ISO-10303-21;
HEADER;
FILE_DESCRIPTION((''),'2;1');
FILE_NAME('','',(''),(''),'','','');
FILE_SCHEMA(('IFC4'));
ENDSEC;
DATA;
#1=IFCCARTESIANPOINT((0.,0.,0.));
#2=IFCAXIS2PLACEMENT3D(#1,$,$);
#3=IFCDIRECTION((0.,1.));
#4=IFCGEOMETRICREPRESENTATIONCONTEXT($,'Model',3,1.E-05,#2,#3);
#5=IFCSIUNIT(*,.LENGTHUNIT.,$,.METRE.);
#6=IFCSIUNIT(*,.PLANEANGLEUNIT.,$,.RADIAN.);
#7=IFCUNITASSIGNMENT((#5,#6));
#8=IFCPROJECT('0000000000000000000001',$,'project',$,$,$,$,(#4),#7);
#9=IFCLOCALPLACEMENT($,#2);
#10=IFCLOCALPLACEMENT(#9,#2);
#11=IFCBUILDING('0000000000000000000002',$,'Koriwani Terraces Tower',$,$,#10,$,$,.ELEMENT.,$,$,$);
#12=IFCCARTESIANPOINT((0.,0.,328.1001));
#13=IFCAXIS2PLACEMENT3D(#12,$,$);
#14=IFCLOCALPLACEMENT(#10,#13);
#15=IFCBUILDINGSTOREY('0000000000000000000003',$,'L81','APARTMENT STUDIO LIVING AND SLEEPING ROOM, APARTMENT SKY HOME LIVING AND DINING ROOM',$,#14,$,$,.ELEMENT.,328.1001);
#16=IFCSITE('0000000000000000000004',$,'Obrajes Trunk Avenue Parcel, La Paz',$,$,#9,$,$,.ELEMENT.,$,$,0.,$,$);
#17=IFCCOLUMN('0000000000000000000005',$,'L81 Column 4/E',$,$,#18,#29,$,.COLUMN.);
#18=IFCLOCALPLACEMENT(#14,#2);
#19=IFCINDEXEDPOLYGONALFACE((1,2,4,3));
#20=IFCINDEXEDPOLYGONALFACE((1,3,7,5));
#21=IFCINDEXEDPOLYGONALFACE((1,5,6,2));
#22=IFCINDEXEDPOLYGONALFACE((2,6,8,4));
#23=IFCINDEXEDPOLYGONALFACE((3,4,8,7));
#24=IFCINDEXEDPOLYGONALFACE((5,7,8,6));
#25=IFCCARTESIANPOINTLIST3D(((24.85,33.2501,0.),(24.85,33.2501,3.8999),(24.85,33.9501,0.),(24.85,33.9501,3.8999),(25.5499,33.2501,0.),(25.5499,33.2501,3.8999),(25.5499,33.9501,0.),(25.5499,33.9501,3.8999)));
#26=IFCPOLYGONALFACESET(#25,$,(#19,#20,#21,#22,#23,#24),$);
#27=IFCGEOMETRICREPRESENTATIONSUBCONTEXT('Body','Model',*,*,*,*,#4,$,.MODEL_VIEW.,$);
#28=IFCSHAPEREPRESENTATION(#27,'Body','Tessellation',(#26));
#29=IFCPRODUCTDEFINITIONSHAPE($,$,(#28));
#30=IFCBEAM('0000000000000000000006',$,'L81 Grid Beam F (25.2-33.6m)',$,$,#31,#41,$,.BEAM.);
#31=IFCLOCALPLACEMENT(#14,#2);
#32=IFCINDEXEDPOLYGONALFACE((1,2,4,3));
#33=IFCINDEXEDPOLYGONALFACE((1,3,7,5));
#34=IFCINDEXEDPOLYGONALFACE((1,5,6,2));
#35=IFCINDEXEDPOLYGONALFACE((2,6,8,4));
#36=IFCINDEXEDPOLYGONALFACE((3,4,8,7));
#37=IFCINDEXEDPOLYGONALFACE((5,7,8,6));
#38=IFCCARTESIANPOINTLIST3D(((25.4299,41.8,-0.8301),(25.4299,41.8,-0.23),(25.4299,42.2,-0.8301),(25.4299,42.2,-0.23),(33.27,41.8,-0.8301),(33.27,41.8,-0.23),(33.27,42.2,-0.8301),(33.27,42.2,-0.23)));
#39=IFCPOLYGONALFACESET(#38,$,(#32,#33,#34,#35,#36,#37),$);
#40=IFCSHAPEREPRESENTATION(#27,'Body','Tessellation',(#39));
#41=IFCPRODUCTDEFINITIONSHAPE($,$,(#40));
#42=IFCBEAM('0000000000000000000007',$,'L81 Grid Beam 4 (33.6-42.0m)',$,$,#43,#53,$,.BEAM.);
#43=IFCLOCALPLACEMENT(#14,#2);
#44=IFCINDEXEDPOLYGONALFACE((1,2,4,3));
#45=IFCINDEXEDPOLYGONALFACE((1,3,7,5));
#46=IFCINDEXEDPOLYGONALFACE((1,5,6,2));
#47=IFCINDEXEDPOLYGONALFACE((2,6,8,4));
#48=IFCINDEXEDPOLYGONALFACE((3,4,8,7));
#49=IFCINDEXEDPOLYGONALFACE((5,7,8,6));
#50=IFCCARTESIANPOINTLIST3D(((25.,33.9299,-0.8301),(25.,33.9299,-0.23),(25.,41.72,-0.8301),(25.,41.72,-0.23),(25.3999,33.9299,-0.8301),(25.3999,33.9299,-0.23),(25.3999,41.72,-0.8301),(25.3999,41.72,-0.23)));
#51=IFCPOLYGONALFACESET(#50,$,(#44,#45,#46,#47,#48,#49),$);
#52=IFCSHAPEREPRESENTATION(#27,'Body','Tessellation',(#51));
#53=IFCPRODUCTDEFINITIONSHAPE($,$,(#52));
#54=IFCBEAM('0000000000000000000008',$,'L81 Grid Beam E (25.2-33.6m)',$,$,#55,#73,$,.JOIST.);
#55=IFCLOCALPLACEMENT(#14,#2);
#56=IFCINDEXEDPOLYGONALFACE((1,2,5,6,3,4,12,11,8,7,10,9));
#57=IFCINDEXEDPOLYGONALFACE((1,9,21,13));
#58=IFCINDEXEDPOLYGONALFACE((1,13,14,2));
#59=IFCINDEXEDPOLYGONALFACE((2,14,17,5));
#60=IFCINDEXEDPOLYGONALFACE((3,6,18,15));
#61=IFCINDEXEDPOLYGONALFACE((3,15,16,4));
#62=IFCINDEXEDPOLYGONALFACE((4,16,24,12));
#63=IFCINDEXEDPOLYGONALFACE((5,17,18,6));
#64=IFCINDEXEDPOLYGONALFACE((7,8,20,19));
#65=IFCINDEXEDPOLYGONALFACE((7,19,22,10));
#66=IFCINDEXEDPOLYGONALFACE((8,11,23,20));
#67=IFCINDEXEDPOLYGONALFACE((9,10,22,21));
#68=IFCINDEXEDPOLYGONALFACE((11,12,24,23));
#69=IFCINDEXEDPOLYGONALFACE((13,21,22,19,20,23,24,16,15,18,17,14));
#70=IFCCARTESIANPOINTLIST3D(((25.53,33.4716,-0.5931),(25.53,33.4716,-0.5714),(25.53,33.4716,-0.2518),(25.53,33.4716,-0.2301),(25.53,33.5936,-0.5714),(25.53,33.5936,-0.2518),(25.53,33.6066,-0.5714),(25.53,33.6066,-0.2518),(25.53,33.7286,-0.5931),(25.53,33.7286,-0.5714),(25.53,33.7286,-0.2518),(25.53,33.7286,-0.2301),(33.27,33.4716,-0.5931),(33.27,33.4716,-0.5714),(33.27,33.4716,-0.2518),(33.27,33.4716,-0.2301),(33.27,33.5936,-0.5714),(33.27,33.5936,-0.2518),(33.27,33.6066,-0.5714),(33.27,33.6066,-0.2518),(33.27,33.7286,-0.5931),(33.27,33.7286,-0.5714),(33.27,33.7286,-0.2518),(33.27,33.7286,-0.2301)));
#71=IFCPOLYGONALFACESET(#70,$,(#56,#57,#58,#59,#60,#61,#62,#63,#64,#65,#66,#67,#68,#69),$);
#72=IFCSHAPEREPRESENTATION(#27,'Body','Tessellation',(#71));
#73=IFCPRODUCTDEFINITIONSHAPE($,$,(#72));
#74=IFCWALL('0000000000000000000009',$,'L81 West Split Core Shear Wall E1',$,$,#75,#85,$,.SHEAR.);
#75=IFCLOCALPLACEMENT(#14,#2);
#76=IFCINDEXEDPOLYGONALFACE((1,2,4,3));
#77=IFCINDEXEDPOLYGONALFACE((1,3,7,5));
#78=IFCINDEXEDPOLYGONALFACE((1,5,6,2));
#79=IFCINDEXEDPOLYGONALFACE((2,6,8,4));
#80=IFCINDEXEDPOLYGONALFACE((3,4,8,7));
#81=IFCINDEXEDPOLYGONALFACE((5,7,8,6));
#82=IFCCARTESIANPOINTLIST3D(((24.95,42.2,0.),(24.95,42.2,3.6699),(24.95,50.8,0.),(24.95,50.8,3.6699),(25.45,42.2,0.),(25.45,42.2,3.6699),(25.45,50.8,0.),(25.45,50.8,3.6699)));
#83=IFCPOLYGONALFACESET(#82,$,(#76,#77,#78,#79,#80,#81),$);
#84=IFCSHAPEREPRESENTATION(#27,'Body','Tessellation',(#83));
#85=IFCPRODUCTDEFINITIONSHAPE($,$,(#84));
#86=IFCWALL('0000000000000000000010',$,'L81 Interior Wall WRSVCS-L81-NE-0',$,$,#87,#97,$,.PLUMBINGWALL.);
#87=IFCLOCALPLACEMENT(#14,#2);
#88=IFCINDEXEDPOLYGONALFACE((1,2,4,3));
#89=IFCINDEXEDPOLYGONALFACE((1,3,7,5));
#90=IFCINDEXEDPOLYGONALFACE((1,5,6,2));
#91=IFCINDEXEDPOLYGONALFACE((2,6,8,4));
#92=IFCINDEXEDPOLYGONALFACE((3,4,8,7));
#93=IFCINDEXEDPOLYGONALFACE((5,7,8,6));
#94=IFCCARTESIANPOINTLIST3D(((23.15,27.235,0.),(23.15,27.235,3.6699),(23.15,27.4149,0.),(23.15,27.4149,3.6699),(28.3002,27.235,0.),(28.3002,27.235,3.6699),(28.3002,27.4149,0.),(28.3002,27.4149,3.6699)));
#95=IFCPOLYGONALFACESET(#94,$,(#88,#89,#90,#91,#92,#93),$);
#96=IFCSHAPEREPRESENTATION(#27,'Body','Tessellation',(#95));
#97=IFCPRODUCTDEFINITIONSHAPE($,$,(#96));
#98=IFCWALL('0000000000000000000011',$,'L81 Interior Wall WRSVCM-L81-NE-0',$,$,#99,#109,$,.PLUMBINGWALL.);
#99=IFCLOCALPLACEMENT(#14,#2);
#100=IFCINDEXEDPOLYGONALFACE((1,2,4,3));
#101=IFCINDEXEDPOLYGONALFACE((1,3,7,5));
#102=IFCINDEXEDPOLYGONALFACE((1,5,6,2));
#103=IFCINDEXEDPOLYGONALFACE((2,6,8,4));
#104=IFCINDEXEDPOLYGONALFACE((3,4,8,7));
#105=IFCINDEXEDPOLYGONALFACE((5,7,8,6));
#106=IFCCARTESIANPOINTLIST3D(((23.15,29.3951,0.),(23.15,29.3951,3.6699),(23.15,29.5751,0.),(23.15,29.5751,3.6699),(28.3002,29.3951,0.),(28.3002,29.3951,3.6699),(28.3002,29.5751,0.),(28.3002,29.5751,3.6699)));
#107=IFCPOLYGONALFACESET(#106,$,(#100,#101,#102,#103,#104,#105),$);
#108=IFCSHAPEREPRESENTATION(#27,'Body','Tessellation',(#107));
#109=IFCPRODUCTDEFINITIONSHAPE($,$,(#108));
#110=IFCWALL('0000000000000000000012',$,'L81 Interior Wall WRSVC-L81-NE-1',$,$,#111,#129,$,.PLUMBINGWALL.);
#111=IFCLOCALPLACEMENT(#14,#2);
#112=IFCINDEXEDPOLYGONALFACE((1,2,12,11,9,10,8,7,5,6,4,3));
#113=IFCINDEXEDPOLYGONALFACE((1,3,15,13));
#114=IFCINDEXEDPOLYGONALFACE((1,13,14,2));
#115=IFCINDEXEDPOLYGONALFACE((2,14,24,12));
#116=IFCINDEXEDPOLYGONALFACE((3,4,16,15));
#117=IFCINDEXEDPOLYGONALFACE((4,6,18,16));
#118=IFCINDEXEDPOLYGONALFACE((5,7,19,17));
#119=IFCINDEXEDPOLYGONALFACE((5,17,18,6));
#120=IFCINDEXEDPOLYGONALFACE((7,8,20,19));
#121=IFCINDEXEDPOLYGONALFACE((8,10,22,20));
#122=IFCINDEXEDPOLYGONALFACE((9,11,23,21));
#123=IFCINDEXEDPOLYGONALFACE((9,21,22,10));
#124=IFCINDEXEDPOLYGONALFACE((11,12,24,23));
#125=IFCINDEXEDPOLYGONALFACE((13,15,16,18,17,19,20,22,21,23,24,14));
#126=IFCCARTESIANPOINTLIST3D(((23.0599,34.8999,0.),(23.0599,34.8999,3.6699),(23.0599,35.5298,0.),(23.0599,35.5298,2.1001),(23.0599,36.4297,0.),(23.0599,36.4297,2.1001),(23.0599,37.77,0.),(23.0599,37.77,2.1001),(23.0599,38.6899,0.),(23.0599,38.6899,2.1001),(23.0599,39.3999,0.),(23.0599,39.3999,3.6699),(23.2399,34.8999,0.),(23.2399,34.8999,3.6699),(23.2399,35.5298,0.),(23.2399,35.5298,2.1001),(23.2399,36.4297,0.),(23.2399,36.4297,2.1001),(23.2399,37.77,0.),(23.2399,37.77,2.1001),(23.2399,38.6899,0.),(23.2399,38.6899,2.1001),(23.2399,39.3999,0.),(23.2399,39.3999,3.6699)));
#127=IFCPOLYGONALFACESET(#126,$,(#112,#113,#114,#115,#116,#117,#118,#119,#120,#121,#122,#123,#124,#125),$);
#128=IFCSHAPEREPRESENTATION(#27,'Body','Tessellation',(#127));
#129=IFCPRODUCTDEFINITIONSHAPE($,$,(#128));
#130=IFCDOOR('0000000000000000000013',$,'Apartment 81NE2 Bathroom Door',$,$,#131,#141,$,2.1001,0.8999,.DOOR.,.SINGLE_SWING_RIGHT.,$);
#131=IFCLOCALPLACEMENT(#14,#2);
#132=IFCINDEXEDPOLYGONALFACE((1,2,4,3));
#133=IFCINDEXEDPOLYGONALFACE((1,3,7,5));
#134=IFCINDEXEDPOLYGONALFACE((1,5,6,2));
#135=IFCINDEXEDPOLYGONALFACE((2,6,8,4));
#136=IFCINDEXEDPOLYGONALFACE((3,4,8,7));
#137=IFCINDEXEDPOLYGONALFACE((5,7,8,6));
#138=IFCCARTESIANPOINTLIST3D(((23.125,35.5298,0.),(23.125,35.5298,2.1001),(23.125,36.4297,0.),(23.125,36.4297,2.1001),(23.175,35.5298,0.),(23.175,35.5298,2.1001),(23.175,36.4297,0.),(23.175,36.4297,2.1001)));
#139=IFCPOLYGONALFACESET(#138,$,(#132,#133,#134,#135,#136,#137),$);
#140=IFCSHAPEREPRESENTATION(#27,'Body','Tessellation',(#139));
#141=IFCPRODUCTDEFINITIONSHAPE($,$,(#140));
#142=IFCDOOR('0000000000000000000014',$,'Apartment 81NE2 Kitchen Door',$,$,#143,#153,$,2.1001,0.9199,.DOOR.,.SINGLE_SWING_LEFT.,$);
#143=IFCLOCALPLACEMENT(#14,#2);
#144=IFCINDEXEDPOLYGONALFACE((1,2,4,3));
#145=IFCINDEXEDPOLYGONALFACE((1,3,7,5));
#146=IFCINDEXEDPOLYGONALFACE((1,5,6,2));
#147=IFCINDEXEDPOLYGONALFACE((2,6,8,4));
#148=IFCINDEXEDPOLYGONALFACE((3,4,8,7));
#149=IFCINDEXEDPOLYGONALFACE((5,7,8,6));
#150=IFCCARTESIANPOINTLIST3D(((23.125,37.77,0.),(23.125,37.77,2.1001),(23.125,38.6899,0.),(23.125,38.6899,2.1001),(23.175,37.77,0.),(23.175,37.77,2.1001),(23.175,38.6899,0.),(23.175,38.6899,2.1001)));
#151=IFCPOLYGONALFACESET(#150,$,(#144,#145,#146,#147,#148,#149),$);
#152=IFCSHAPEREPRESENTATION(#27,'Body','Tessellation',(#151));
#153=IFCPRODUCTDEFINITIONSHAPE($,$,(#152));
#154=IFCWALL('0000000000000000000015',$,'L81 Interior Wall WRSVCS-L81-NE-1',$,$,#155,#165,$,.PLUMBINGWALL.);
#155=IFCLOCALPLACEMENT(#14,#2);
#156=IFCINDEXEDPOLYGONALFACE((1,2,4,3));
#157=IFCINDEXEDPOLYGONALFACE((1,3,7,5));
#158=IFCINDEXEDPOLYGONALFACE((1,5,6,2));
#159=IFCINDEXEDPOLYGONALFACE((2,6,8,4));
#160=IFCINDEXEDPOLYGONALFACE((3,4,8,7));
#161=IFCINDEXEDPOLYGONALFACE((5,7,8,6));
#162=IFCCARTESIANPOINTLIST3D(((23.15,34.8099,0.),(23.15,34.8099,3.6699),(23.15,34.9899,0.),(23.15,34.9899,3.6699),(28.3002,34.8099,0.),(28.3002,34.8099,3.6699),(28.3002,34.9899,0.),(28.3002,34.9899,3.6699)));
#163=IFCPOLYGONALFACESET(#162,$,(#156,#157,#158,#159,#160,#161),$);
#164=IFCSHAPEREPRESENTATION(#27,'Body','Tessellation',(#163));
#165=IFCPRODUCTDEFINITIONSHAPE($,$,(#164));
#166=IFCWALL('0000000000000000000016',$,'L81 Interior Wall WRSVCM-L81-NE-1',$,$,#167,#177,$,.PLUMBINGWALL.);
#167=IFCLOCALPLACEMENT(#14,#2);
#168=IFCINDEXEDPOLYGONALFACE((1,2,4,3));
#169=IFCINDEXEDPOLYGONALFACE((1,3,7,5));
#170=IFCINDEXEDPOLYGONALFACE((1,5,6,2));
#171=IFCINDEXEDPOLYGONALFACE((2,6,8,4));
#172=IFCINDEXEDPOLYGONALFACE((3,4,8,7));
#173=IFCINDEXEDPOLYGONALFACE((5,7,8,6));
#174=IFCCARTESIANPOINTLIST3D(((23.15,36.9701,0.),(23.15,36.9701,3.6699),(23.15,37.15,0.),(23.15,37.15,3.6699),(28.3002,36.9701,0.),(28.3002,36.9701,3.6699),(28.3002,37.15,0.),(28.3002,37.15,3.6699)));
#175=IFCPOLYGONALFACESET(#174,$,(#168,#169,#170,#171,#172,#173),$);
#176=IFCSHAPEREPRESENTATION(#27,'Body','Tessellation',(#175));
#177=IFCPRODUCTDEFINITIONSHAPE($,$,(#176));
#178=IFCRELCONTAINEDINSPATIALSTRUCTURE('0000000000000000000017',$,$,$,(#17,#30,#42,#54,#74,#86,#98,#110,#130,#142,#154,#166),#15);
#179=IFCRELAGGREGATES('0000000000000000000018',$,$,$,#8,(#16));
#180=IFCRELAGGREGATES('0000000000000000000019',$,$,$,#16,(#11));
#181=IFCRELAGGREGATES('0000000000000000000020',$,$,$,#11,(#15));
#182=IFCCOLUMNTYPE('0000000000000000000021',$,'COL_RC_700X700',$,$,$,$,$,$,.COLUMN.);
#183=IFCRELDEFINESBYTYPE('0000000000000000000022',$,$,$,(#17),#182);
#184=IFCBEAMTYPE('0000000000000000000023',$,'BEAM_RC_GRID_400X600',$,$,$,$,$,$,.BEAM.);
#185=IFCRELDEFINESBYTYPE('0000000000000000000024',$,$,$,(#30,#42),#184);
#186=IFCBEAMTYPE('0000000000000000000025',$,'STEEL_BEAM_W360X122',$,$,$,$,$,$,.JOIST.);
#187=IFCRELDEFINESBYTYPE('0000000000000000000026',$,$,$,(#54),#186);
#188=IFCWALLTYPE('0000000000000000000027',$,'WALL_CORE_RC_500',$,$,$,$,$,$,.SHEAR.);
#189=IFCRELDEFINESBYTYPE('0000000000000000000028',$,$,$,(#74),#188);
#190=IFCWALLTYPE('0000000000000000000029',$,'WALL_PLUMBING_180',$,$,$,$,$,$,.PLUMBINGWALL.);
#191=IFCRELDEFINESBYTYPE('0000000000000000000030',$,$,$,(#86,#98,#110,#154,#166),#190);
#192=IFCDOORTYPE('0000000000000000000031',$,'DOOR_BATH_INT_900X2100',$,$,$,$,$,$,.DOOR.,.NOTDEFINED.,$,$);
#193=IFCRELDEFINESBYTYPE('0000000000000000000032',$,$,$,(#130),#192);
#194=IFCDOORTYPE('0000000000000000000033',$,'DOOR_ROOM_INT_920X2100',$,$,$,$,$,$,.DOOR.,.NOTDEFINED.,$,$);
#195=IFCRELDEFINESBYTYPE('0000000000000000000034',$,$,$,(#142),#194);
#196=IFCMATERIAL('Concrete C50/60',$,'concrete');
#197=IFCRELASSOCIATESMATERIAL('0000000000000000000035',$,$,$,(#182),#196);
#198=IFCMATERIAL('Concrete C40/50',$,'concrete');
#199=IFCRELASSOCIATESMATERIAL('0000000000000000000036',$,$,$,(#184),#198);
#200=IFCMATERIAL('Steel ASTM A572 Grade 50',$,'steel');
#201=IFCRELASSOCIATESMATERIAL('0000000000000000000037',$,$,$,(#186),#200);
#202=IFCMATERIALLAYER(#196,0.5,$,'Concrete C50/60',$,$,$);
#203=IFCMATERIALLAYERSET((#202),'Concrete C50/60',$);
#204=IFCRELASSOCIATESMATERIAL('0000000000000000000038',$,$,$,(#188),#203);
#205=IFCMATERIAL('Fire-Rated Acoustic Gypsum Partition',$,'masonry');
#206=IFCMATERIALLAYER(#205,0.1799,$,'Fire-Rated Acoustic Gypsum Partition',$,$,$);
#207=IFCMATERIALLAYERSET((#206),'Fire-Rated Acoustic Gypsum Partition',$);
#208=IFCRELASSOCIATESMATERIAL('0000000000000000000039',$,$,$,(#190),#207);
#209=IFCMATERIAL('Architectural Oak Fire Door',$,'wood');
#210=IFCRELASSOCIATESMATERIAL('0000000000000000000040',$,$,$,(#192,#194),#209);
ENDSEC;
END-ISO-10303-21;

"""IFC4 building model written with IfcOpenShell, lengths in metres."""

from ifc_helpers import new_model, si_unit, direction, frame, frame_2d, origin, origin_2d, place, context, subcontext, project, spatial, rectangle, i_section, extrude, material, layer, layer_set, material_profile, profile_set, type_object, element, fill, save


model = new_model("IFC4")

# Units and contexts
model_context = context("Model", 3, precision=1e-05, world=origin(), true_north=direction((0.0, 1.0)))
body_context = subcontext(model_context, "Body", "Model", "MODEL_VIEW")
ifc_project = project(units=[si_unit("LENGTHUNIT", "METRE"), si_unit("PLANEANGLEUNIT", "RADIAN")], contexts=[model_context])

# Site, building, storey
site_placement = place(None, origin())
site = spatial("IfcSite", under=ifc_project, at=site_placement, Name="Obrajes Trunk Avenue Parcel, La Paz", CompositionType="ELEMENT", RefElevation=0.0)
building_placement = place(site_placement, origin())
building = spatial("IfcBuilding", under=site, at=building_placement, Name="Koriwani Terraces Tower", CompositionType="ELEMENT")
storey_placement = place(building_placement, frame((0.0, 0.0, 328.1001)))
storey = spatial("IfcBuildingStorey", under=building, at=storey_placement, Name="L81", Description="APARTMENT STUDIO LIVING AND SLEEPING ROOM, APARTMENT SKY HOME LIVING AND DINING ROOM", CompositionType="ELEMENT", Elevation=328.1001)

# Column
ifc_material_1 = material(Name="Concrete C50/60", Category="concrete")
ifc_material_profile_1 = material_profile(ifc_material_1, rectangle(XDim=0.7, YDim=0.7, at=origin_2d()), Name="Concrete C50/60", Category="LoadBearing")
ifc_profile_set_1 = profile_set([ifc_material_profile_1], Name="Concrete C50/60")
column_type = type_object("IfcColumnType", Name="COL_RC_700X700", PredefinedType="COLUMN", material=ifc_profile_set_1)
column_placement = place(storey_placement, frame((25.2, 33.6001, 0.0), z_axis=(0.0, 0.0, 1.0), x_axis=(1.0, 0.0, 0.0)))
element("IfcColumn", 1, at=column_placement, inside=storey, type_object=column_type, Name="L81 Column 4/E", PredefinedType="COLUMN", context=body_context, shape_type="SweptSolid", body=[
    extrude(rectangle(XDim=0.7, YDim=0.7, at=origin_2d()), origin(), (0.0, 0.0, 1.0), 3.8999),
])

# Beams
ifc_material_2 = material(Name="Concrete C40/50", Category="concrete")
ifc_material_profile_2 = material_profile(ifc_material_2, rectangle(XDim=0.3999, YDim=0.6001, at=origin_2d()), Name="Concrete C40/50", Category="LoadBearing")
ifc_profile_set_2 = profile_set([ifc_material_profile_2], Name="Concrete C40/50")
beam_type_1 = type_object("IfcBeamType", Name="BEAM_RC_GRID_400X600", PredefinedType="BEAM", material=ifc_profile_set_2)
beam_1_placement = place(storey_placement, frame((25.4299, 42.0, -0.53), z_axis=(1.0, 0.0, 0.0), x_axis=(0.0, 1.0, 0.0)))
element("IfcBeam", 2, at=beam_1_placement, inside=storey, type_object=beam_type_1, Name="L81 Grid Beam F (25.2-33.6m)", PredefinedType="BEAM", context=body_context, shape_type="SweptSolid", body=[
    extrude(rectangle(XDim=0.3999, YDim=0.6001, at=origin_2d()), origin(), (0.0, 0.0, 1.0), 7.8401),
])
beam_2_placement = place(storey_placement, frame((25.2, 33.9299, -0.53), z_axis=(0.0, 1.0, 0.0), x_axis=(-1.0, 0.0, 0.0)))
element("IfcBeam", 3, at=beam_2_placement, inside=storey, type_object=beam_type_1, Name="L81 Grid Beam 4 (33.6-42.0m)", PredefinedType="BEAM", context=body_context, shape_type="SweptSolid", body=[
    extrude(rectangle(XDim=0.3999, YDim=0.6001, at=origin_2d()), origin(), (0.0, 0.0, 1.0), 7.79),
])
ifc_material_3 = material(Name="Steel ASTM A572 Grade 50", Category="steel")
ifc_material_profile_3 = material_profile(ifc_material_3, i_section(OverallWidth=0.2571, OverallDepth=0.363, WebThickness=0.0129, FlangeThickness=0.0217, at=origin_2d()), Name="Steel ASTM A572 Grade 50", Category="LoadBearing")
ifc_profile_set_3 = profile_set([ifc_material_profile_3], Name="Steel ASTM A572 Grade 50")
beam_type_2 = type_object("IfcBeamType", Name="STEEL_BEAM_W360X122", PredefinedType="JOIST", material=ifc_profile_set_3)
beam_3_placement = place(storey_placement, frame((25.53, 33.6001, -0.4116), z_axis=(1.0, 0.0, 0.0), x_axis=(0.0, 1.0, 0.0)))
element("IfcBeam", 4, at=beam_3_placement, inside=storey, type_object=beam_type_2, Name="L81 Grid Beam E (25.2-33.6m)", PredefinedType="JOIST", context=body_context, shape_type="SweptSolid", body=[
    extrude(i_section(OverallWidth=0.2571, OverallDepth=0.363, WebThickness=0.0129, FlangeThickness=0.0217, at=origin_2d()), origin(), (0.0, 0.0, 1.0), 7.74),
])

# Walls
ifc_layer_1 = layer(ifc_material_1, 0.5, Name="Concrete C50/60")
ifc_layer_set_1 = layer_set([ifc_layer_1], Name="Concrete C50/60")
wall_type_1 = type_object("IfcWallType", Name="WALL_CORE_RC_500", PredefinedType="SHEAR", material=ifc_layer_set_1)
wall_1_placement = place(storey_placement, frame((25.2, 42.2, 0.0), z_axis=(0.0, 0.0, 1.0), x_axis=(0.0, 1.0, 0.0)))
element("IfcWall", 5, at=wall_1_placement, inside=storey, type_object=wall_type_1, Name="L81 West Split Core Shear Wall E1", PredefinedType="SHEAR", context=body_context, shape_type="SweptSolid", body=[
    extrude(rectangle(XDim=8.6001, YDim=0.5, at=frame_2d((4.3, 0.0))), origin(), (0.0, 0.0, 1.0), 3.6699),
])
ifc_material_4 = material(Name="Fire-Rated Acoustic Gypsum Partition", Category="masonry")
ifc_layer_2 = layer(ifc_material_4, 0.1799, Name="Fire-Rated Acoustic Gypsum Partition")
ifc_layer_set_2 = layer_set([ifc_layer_2], Name="Fire-Rated Acoustic Gypsum Partition")
wall_type_2 = type_object("IfcWallType", Name="WALL_PLUMBING_180", PredefinedType="PLUMBINGWALL", material=ifc_layer_set_2)
for number, where, z_axis, x_axis, name in (
    (6, (23.1499, 27.325, 0.0), (0.0, 0.0, 1.0), (1.0, 0.0, 0.0), "L81 Interior Wall WRSVCS-L81-NE-0"),
    (7, (23.1499, 29.4851, 0.0), (0.0, 0.0, 1.0), (1.0, 0.0, 0.0), "L81 Interior Wall WRSVCM-L81-NE-0"),
):
    element("IfcWall", number, at=place(storey_placement, frame(where, z_axis=z_axis, x_axis=x_axis)), inside=storey, type_object=wall_type_2, Name=name, PredefinedType="PLUMBINGWALL", context=body_context, shape_type="SweptSolid", body=[
        extrude(rectangle(XDim=5.1501, YDim=0.1799, at=frame_2d((2.5752, 0.0))), origin(), (0.0, 0.0, 1.0), 3.6699),
    ])

# Wall, openings, doors
wall_2_placement = place(storey_placement, frame((23.1499, 34.8999, 0.0), z_axis=(0.0, 0.0, 1.0), x_axis=(0.0, 1.0, 0.0)))
wall_2 = element("IfcWall", 8, at=wall_2_placement, inside=storey, type_object=wall_type_2, Name="L81 Interior Wall WRSVC-L81-NE-1", PredefinedType="PLUMBINGWALL", context=body_context, shape_type="SweptSolid", body=[
    extrude(rectangle(XDim=4.5, YDim=0.1799, at=frame_2d((2.25, 0.0))), origin(), (0.0, 0.0, 1.0), 3.6699),
])
opening_1_placement = place(wall_2_placement, frame((0.6299, 0.0, 0.0)))
opening_1 = element("IfcOpeningElement", 9, at=opening_1_placement, cuts=wall_2, PredefinedType="OPENING", context=body_context, shape_type="SweptSolid", body=[
    extrude(rectangle(XDim=0.8999, YDim=2.1001, at=frame_2d((0.45, 1.05))), frame((0.0, 0.1001, 0.0), z_axis=(0.0, -1.0, 0.0), x_axis=(1.0, 0.0, 0.0)), (0.0, 0.0, 1.0), 0.2),
])
opening_2_placement = place(wall_2_placement, frame((2.8701, 0.0, 0.0)))
opening_2 = element("IfcOpeningElement", 10, at=opening_2_placement, cuts=wall_2, PredefinedType="OPENING", context=body_context, shape_type="SweptSolid", body=[
    extrude(rectangle(XDim=0.9199, YDim=2.1001, at=frame_2d((0.46, 1.05))), frame((0.0, 0.1001, 0.0), z_axis=(0.0, -1.0, 0.0), x_axis=(1.0, 0.0, 0.0)), (0.0, 0.0, 1.0), 0.2),
])
ifc_material_5 = material(Name="Architectural Oak Fire Door", Category="wood")
door_type_1 = type_object("IfcDoorType", Name="DOOR_BATH_INT_900X2100", OperationType="NOTDEFINED", PredefinedType="DOOR", material=ifc_material_5)
door_1_placement = place(opening_1_placement, origin())
door_1 = element("IfcDoor", 11, at=door_1_placement, inside=storey, type_object=door_type_1, Name="Apartment 81NE2 Bathroom Door", OperationType="SINGLE_SWING_RIGHT", OverallHeight=2.1001, OverallWidth=0.8999, PredefinedType="DOOR", context=body_context, shape_type="SweptSolid", body=[
    extrude(rectangle(XDim=0.8999, YDim=2.1001, at=frame_2d((0.45, 1.05))), frame((0.0, 0.0249, 0.0), z_axis=(0.0, -1.0, 0.0), x_axis=(1.0, 0.0, 0.0)), (0.0, 0.0, 1.0), 0.05),
])
fill(opening_1, door_1)
door_type_2 = type_object("IfcDoorType", Name="DOOR_ROOM_INT_920X2100", OperationType="NOTDEFINED", PredefinedType="DOOR", material=ifc_material_5)
door_2_placement = place(opening_2_placement, origin())
door_2 = element("IfcDoor", 12, at=door_2_placement, inside=storey, type_object=door_type_2, Name="Apartment 81NE2 Kitchen Door", OperationType="SINGLE_SWING_LEFT", OverallHeight=2.1001, OverallWidth=0.9199, PredefinedType="DOOR", context=body_context, shape_type="SweptSolid", body=[
    extrude(rectangle(XDim=0.9199, YDim=2.1001, at=frame_2d((0.46, 1.05))), frame((0.0, 0.0249, 0.0), z_axis=(0.0, -1.0, 0.0), x_axis=(1.0, 0.0, 0.0)), (0.0, 0.0, 1.0), 0.05),
])
fill(opening_2, door_2)

# Walls
for number, where, z_axis, x_axis, name in (
    (13, (23.1499, 34.8999, 0.0), (0.0, 0.0, 1.0), (1.0, 0.0, 0.0), "L81 Interior Wall WRSVCS-L81-NE-1"),
    (14, (23.1499, 37.0601, 0.0), (0.0, 0.0, 1.0), (1.0, 0.0, 0.0), "L81 Interior Wall WRSVCM-L81-NE-1"),
):
    element("IfcWall", number, at=place(storey_placement, frame(where, z_axis=z_axis, x_axis=x_axis)), inside=storey, type_object=wall_type_2, Name=name, PredefinedType="PLUMBINGWALL", context=body_context, shape_type="SweptSolid", body=[
        extrude(rectangle(XDim=5.1501, YDim=0.1799, at=frame_2d((2.5752, 0.0))), origin(), (0.0, 0.0, 1.0), 3.6699),
    ])

save(model, "model.ifc")
